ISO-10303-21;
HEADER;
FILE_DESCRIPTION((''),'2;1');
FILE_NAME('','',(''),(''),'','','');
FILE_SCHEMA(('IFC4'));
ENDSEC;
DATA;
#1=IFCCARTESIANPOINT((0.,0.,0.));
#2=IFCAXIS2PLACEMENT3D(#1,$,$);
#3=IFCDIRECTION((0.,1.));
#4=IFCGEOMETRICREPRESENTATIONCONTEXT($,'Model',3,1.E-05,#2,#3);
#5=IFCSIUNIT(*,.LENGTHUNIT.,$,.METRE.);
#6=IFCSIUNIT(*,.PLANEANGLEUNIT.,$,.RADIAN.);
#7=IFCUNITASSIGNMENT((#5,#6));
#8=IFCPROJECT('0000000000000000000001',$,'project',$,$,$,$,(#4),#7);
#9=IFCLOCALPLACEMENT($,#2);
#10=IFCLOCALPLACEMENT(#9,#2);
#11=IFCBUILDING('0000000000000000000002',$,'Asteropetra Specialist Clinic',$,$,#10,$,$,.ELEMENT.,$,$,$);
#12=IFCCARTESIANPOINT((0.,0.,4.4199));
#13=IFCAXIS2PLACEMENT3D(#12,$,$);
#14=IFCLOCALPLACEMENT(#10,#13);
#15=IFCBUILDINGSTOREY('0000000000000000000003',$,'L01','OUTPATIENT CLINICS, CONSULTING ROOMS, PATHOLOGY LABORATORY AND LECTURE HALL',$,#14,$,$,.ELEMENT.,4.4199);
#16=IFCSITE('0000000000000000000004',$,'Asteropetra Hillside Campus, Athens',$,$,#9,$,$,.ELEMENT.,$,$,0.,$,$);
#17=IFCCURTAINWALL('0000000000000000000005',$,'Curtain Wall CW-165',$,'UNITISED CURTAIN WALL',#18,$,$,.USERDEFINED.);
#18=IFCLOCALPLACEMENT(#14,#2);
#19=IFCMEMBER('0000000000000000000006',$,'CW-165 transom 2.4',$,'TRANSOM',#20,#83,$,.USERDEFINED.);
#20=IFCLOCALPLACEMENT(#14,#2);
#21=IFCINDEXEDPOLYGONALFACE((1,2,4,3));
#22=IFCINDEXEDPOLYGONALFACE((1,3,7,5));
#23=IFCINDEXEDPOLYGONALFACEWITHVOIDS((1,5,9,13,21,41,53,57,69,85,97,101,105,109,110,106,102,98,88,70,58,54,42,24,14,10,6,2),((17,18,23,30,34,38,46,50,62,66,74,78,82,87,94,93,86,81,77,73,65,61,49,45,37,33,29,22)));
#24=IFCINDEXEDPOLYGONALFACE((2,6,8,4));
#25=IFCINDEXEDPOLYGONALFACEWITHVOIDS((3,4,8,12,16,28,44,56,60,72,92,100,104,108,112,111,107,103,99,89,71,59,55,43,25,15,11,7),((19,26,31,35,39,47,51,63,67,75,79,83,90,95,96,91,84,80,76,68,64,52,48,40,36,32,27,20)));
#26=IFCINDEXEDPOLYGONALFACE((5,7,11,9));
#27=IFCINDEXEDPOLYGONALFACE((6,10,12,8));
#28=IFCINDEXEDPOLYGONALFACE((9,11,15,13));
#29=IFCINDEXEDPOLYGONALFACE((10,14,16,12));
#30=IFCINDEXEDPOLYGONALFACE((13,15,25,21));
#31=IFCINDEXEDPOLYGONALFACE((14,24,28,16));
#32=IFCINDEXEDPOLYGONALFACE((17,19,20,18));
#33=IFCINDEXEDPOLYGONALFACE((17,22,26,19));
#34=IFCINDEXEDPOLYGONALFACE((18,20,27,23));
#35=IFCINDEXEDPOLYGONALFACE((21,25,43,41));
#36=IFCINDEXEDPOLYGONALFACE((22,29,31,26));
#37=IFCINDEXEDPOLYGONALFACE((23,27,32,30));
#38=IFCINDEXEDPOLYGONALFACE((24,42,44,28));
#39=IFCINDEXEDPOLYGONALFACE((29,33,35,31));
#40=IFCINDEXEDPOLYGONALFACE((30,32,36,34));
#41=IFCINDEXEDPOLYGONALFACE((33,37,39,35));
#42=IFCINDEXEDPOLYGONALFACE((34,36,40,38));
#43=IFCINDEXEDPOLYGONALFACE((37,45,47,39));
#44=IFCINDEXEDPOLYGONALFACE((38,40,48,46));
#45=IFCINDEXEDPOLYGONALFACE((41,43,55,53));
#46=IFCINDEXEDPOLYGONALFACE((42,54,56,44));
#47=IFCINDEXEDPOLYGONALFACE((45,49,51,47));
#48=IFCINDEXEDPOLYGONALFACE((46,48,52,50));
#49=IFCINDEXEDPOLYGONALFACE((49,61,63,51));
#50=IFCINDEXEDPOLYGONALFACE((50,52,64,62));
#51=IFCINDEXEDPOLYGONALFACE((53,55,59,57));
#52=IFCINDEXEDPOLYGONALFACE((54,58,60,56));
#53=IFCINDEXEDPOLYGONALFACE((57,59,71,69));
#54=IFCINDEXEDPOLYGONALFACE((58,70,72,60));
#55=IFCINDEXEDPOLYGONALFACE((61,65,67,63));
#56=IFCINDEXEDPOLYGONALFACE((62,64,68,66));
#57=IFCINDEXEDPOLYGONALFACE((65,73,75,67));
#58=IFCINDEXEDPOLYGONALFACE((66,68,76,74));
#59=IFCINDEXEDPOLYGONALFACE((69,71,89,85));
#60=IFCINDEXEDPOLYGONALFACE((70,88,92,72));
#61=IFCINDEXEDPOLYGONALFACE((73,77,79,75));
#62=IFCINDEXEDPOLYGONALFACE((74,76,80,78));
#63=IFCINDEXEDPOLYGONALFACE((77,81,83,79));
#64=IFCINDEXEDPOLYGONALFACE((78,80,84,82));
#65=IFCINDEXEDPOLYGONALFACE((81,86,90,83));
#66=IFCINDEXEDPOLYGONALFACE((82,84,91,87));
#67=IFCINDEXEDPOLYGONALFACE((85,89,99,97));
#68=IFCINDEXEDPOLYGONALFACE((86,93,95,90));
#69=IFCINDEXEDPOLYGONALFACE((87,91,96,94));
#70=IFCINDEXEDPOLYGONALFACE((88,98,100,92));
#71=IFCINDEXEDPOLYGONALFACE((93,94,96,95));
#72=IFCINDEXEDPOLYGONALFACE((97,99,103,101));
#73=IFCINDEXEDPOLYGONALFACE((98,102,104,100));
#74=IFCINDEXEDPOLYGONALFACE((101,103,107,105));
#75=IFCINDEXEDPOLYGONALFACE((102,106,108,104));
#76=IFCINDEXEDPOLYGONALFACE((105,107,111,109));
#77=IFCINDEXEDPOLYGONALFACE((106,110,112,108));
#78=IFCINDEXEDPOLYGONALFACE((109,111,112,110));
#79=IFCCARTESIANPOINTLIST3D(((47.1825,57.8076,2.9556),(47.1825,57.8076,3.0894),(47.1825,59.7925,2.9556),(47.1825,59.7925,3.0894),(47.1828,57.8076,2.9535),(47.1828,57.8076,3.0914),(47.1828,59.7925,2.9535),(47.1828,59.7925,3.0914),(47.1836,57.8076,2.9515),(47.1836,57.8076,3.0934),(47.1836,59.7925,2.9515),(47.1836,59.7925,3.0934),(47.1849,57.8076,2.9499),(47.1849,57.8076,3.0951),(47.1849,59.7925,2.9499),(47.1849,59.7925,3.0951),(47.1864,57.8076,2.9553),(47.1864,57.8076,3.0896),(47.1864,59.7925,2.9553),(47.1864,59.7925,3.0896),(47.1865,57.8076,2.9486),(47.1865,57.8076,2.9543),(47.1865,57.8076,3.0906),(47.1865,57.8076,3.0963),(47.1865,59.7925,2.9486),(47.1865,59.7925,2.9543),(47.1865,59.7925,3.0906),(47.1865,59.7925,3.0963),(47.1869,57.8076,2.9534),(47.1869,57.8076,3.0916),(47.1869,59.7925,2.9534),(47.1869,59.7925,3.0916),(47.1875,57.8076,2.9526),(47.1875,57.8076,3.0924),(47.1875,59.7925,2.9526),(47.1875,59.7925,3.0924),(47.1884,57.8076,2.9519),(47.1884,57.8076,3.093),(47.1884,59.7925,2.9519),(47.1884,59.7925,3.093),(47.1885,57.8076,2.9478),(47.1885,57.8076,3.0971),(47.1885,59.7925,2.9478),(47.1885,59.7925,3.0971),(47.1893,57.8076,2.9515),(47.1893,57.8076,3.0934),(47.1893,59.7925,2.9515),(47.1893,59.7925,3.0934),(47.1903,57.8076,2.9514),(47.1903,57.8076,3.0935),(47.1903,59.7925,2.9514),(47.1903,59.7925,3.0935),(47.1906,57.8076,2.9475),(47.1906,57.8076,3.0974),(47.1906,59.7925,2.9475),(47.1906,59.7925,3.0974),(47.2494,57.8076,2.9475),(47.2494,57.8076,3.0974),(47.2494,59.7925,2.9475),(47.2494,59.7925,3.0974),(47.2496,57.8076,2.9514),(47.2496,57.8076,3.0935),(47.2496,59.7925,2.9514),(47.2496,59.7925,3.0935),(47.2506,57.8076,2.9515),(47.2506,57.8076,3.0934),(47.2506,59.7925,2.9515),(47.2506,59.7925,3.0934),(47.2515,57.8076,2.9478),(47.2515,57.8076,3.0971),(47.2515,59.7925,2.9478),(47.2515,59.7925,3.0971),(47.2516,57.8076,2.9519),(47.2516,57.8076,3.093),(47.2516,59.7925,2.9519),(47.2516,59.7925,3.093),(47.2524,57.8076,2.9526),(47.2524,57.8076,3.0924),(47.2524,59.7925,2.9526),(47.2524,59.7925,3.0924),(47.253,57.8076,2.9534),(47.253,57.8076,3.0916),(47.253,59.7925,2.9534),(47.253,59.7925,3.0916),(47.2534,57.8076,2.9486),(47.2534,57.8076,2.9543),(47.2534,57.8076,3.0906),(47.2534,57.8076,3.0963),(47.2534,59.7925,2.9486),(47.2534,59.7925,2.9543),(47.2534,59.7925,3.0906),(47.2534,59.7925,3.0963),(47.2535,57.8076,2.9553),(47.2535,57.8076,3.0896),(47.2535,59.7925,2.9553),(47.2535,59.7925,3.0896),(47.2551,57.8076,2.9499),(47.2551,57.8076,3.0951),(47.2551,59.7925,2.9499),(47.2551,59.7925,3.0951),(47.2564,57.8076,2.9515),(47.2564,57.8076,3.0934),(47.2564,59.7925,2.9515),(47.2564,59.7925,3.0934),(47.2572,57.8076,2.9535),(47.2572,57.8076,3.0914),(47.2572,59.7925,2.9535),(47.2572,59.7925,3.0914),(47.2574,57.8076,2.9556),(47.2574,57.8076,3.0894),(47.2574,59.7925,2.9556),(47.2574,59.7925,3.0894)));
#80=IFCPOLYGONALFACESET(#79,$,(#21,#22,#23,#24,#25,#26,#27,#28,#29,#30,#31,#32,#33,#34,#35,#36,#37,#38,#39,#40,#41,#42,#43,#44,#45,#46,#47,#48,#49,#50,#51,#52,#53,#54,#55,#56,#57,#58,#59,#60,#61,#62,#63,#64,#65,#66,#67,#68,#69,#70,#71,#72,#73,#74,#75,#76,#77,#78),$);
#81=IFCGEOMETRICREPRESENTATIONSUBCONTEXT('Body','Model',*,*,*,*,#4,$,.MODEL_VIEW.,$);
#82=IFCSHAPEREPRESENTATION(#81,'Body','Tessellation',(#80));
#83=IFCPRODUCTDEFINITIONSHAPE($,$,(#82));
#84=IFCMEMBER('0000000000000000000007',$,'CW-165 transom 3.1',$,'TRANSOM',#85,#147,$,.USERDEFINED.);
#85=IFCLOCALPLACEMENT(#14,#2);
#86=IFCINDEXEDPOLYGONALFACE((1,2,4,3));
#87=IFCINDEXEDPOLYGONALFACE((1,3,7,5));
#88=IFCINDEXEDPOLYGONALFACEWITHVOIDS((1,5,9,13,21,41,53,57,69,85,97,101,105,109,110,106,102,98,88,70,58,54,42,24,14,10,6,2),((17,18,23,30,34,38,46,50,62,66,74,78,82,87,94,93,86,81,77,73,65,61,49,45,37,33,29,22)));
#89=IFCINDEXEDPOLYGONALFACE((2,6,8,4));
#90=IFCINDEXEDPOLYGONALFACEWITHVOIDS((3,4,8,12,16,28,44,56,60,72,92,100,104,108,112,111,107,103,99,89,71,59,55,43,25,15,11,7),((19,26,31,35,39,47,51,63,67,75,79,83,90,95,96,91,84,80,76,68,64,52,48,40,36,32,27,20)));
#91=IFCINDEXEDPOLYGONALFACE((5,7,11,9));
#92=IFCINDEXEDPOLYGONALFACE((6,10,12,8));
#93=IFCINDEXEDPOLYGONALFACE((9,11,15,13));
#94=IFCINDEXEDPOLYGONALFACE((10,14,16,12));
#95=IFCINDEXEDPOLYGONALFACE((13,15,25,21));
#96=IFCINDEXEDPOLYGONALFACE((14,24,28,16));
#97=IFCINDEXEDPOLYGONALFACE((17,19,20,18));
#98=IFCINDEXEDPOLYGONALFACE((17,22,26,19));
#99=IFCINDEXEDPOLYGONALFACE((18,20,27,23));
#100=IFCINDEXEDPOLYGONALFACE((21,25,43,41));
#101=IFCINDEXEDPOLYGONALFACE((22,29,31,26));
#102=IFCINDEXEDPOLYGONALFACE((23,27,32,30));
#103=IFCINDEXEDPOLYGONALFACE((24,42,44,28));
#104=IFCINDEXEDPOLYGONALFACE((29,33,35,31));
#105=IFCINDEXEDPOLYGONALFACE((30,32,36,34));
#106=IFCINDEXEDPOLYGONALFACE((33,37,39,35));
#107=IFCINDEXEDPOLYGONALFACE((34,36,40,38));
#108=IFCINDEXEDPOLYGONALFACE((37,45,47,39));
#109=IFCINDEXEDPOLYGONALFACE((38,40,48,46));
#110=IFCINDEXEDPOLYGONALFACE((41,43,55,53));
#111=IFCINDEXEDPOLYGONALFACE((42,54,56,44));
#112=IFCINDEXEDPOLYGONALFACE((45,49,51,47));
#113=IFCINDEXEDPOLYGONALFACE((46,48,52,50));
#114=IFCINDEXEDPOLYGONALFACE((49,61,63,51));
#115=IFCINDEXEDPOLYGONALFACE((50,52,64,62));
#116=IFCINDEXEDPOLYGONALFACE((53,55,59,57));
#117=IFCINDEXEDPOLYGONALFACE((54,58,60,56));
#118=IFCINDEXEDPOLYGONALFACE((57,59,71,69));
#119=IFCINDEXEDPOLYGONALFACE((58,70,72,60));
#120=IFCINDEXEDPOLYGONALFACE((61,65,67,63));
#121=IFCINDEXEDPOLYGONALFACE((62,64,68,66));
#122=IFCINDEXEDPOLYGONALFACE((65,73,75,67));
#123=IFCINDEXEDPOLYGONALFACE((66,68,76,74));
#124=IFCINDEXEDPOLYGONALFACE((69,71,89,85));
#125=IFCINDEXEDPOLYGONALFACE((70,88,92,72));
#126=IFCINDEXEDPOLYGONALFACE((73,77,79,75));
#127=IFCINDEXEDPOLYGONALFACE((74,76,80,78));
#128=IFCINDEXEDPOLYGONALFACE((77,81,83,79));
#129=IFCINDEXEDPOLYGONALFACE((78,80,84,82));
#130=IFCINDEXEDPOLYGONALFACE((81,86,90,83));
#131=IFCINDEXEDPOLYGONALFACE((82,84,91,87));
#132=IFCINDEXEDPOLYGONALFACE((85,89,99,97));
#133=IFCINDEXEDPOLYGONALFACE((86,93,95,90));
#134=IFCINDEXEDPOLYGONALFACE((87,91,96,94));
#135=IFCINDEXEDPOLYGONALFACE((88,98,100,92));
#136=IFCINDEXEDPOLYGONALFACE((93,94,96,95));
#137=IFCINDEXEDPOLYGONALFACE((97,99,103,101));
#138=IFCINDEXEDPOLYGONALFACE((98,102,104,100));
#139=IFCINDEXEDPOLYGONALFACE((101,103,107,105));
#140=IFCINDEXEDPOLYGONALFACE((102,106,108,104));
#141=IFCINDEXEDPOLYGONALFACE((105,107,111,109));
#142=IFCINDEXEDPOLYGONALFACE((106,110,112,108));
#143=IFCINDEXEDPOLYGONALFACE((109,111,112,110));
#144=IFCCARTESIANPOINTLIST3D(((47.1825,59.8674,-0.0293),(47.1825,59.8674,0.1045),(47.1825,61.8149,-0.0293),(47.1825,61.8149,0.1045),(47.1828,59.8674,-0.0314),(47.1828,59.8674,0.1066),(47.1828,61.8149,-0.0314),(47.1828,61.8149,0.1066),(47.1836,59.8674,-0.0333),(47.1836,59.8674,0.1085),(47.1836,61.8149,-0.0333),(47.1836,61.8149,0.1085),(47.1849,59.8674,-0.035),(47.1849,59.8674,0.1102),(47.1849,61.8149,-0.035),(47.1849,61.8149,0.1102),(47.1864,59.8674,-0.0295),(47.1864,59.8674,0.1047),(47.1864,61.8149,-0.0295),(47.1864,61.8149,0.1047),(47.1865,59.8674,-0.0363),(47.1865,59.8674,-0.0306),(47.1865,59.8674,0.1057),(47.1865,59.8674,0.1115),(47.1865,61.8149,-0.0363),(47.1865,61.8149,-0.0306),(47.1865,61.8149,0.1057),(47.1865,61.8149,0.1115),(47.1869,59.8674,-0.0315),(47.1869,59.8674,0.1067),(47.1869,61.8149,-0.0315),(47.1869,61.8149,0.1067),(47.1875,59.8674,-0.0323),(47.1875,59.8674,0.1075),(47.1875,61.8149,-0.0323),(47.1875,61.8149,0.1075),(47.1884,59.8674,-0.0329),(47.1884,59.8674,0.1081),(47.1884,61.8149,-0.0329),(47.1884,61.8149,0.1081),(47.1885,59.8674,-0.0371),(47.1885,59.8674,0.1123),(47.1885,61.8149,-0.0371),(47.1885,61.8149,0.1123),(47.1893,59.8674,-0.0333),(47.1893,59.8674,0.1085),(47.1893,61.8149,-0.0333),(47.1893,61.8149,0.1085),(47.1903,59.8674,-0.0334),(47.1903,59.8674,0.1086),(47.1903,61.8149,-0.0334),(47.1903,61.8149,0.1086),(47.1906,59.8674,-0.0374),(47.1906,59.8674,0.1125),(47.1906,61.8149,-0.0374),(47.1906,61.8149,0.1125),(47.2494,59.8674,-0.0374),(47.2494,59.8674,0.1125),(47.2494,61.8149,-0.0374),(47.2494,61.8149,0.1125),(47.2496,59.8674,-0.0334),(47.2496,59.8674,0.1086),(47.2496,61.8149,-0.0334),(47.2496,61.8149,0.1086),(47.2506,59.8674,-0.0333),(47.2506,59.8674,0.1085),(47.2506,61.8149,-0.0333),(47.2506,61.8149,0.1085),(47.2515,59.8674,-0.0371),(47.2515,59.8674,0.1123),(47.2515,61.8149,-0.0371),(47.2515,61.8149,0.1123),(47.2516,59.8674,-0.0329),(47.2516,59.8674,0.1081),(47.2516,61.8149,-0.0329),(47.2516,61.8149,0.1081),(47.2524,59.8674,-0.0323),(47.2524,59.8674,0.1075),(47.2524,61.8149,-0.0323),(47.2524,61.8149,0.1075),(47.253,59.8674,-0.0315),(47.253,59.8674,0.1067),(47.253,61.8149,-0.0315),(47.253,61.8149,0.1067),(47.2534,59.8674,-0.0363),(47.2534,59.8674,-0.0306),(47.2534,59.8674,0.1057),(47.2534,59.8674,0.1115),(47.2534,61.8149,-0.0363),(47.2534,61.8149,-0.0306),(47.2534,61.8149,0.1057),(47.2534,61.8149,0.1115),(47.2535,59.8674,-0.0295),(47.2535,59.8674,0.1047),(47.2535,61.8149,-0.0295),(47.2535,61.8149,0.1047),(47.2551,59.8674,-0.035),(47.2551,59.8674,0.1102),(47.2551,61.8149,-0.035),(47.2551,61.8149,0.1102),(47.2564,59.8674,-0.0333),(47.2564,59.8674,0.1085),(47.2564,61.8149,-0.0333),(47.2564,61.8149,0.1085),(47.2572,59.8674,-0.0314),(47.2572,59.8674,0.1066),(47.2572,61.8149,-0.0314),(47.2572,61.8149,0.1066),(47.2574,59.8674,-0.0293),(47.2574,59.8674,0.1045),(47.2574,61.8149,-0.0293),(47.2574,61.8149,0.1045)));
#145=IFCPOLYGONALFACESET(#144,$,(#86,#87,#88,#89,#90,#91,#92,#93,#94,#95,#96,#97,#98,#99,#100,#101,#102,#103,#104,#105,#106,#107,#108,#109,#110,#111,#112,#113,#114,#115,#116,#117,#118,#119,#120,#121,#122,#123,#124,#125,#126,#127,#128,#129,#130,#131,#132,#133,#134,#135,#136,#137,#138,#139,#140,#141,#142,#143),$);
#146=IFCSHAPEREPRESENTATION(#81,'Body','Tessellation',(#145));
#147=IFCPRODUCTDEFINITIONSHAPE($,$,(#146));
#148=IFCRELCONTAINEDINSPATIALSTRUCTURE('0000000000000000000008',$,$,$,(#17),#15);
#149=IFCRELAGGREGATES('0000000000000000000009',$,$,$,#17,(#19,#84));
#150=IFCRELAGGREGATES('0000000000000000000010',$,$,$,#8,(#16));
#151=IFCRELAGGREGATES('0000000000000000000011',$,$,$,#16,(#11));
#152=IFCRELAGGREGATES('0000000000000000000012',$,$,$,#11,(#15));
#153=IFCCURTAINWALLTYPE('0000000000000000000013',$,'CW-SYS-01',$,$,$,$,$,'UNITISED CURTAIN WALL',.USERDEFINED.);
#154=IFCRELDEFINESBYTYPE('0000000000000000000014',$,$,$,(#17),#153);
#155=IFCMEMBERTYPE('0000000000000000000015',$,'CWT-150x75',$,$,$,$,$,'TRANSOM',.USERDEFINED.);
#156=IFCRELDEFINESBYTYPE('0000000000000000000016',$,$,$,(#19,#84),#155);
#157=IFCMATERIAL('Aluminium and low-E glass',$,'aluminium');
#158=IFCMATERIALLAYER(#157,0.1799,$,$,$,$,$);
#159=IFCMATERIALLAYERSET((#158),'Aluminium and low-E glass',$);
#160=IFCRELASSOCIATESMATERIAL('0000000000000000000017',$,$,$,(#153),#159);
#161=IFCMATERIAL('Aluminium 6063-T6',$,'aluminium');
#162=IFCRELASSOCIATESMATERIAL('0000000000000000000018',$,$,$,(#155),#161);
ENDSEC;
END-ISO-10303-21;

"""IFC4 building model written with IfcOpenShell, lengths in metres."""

from ifc_helpers import new_model, si_unit, direction, frame, origin, origin_2d, place, context, subcontext, project, spatial, hollow_rectangle, extrude, material, layer, layer_set, material_profile, profile_set, type_object, element, aggregate, save


model = new_model("IFC4")

# Units and contexts
model_context = context("Model", 3, precision=1e-05, world=origin(), true_north=direction((0.0, 1.0)))
body_context = subcontext(model_context, "Body", "Model", "MODEL_VIEW")
ifc_project = project(units=[si_unit("LENGTHUNIT", "METRE"), si_unit("PLANEANGLEUNIT", "RADIAN")], contexts=[model_context])

# Site, building, storey
site_placement = place(None, origin())
site = spatial("IfcSite", under=ifc_project, at=site_placement, Name="Asteropetra Hillside Campus, Athens", CompositionType="ELEMENT", RefElevation=0.0)
building_placement = place(site_placement, origin())
building = spatial("IfcBuilding", under=site, at=building_placement, Name="Asteropetra Specialist Clinic", CompositionType="ELEMENT")
storey_placement = place(building_placement, frame((0.0, 0.0, 4.4199)))
storey = spatial("IfcBuildingStorey", under=building, at=storey_placement, Name="L01", Description="OUTPATIENT CLINICS, CONSULTING ROOMS, PATHOLOGY LABORATORY AND LECTURE HALL", CompositionType="ELEMENT", Elevation=4.4199)

# Curtain wall
ifc_material_1 = material(Name="Aluminium and low-E glass", Category="aluminium")
ifc_layer_1 = layer(ifc_material_1, 0.1799)
ifc_layer_set_1 = layer_set([ifc_layer_1], Name="Aluminium and low-E glass")
curtain_wall_type_1 = type_object("IfcCurtainWallType", Name="CW-SYS-01", ElementType="UNITISED CURTAIN WALL", PredefinedType="USERDEFINED", material=ifc_layer_set_1)
curtain_wall_1_placement = place(storey_placement, origin())
curtain_wall_1 = element("IfcCurtainWall", 1, at=curtain_wall_1_placement, inside=storey, type_object=curtain_wall_type_1, Name="Curtain Wall CW-165", ObjectType="UNITISED CURTAIN WALL", PredefinedType="USERDEFINED")

# Members
ifc_material_2 = material(Name="Aluminium 6063-T6", Category="aluminium")
ifc_material_profile_1 = material_profile(ifc_material_2, hollow_rectangle(XDim=0.075, YDim=0.1499, WallThickness=0.0039, InnerFilletRadius=0.0039, OuterFilletRadius=0.0081, at=origin_2d()), Name="TRN 150x75x4.0")
ifc_profile_set_1 = profile_set([ifc_material_profile_1], Name="Aluminium 6063-T6")
member_type_1 = type_object("IfcMemberType", Name="CWT-150x75", ElementType="TRANSOM", PredefinedType="USERDEFINED", material=ifc_profile_set_1)
member_1_placement = place(storey_placement, frame((47.22, 57.8076, 3.0225), z_axis=(0.0, 1.0, 0.0), x_axis=(-1.0, 0.0, 0.0)))
member_1 = element("IfcMember", 2, at=member_1_placement, type_object=member_type_1, Name="CW-165 transom 2.4", ObjectType="TRANSOM", PredefinedType="USERDEFINED", context=body_context, shape_type="SweptSolid", body=[
    extrude(hollow_rectangle(XDim=0.075, YDim=0.1499, WallThickness=0.0039, InnerFilletRadius=0.0039, OuterFilletRadius=0.0081, at=origin_2d()), origin(), (0.0, 0.0, 1.0), 1.9849),
])
member_2_placement = place(storey_placement, frame((47.22, 59.8674, 0.0376), z_axis=(0.0, 1.0, 0.0), x_axis=(-1.0, 0.0, 0.0)))
member_2 = element("IfcMember", 3, at=member_2_placement, type_object=member_type_1, Name="CW-165 transom 3.1", ObjectType="TRANSOM", PredefinedType="USERDEFINED", context=body_context, shape_type="SweptSolid", body=[
    extrude(hollow_rectangle(XDim=0.075, YDim=0.1499, WallThickness=0.0039, InnerFilletRadius=0.0039, OuterFilletRadius=0.0081, at=origin_2d()), origin(), (0.0, 0.0, 1.0), 1.9475),
])

aggregate(curtain_wall_1, [member_1, member_2])

save(model, "model.ifc")
